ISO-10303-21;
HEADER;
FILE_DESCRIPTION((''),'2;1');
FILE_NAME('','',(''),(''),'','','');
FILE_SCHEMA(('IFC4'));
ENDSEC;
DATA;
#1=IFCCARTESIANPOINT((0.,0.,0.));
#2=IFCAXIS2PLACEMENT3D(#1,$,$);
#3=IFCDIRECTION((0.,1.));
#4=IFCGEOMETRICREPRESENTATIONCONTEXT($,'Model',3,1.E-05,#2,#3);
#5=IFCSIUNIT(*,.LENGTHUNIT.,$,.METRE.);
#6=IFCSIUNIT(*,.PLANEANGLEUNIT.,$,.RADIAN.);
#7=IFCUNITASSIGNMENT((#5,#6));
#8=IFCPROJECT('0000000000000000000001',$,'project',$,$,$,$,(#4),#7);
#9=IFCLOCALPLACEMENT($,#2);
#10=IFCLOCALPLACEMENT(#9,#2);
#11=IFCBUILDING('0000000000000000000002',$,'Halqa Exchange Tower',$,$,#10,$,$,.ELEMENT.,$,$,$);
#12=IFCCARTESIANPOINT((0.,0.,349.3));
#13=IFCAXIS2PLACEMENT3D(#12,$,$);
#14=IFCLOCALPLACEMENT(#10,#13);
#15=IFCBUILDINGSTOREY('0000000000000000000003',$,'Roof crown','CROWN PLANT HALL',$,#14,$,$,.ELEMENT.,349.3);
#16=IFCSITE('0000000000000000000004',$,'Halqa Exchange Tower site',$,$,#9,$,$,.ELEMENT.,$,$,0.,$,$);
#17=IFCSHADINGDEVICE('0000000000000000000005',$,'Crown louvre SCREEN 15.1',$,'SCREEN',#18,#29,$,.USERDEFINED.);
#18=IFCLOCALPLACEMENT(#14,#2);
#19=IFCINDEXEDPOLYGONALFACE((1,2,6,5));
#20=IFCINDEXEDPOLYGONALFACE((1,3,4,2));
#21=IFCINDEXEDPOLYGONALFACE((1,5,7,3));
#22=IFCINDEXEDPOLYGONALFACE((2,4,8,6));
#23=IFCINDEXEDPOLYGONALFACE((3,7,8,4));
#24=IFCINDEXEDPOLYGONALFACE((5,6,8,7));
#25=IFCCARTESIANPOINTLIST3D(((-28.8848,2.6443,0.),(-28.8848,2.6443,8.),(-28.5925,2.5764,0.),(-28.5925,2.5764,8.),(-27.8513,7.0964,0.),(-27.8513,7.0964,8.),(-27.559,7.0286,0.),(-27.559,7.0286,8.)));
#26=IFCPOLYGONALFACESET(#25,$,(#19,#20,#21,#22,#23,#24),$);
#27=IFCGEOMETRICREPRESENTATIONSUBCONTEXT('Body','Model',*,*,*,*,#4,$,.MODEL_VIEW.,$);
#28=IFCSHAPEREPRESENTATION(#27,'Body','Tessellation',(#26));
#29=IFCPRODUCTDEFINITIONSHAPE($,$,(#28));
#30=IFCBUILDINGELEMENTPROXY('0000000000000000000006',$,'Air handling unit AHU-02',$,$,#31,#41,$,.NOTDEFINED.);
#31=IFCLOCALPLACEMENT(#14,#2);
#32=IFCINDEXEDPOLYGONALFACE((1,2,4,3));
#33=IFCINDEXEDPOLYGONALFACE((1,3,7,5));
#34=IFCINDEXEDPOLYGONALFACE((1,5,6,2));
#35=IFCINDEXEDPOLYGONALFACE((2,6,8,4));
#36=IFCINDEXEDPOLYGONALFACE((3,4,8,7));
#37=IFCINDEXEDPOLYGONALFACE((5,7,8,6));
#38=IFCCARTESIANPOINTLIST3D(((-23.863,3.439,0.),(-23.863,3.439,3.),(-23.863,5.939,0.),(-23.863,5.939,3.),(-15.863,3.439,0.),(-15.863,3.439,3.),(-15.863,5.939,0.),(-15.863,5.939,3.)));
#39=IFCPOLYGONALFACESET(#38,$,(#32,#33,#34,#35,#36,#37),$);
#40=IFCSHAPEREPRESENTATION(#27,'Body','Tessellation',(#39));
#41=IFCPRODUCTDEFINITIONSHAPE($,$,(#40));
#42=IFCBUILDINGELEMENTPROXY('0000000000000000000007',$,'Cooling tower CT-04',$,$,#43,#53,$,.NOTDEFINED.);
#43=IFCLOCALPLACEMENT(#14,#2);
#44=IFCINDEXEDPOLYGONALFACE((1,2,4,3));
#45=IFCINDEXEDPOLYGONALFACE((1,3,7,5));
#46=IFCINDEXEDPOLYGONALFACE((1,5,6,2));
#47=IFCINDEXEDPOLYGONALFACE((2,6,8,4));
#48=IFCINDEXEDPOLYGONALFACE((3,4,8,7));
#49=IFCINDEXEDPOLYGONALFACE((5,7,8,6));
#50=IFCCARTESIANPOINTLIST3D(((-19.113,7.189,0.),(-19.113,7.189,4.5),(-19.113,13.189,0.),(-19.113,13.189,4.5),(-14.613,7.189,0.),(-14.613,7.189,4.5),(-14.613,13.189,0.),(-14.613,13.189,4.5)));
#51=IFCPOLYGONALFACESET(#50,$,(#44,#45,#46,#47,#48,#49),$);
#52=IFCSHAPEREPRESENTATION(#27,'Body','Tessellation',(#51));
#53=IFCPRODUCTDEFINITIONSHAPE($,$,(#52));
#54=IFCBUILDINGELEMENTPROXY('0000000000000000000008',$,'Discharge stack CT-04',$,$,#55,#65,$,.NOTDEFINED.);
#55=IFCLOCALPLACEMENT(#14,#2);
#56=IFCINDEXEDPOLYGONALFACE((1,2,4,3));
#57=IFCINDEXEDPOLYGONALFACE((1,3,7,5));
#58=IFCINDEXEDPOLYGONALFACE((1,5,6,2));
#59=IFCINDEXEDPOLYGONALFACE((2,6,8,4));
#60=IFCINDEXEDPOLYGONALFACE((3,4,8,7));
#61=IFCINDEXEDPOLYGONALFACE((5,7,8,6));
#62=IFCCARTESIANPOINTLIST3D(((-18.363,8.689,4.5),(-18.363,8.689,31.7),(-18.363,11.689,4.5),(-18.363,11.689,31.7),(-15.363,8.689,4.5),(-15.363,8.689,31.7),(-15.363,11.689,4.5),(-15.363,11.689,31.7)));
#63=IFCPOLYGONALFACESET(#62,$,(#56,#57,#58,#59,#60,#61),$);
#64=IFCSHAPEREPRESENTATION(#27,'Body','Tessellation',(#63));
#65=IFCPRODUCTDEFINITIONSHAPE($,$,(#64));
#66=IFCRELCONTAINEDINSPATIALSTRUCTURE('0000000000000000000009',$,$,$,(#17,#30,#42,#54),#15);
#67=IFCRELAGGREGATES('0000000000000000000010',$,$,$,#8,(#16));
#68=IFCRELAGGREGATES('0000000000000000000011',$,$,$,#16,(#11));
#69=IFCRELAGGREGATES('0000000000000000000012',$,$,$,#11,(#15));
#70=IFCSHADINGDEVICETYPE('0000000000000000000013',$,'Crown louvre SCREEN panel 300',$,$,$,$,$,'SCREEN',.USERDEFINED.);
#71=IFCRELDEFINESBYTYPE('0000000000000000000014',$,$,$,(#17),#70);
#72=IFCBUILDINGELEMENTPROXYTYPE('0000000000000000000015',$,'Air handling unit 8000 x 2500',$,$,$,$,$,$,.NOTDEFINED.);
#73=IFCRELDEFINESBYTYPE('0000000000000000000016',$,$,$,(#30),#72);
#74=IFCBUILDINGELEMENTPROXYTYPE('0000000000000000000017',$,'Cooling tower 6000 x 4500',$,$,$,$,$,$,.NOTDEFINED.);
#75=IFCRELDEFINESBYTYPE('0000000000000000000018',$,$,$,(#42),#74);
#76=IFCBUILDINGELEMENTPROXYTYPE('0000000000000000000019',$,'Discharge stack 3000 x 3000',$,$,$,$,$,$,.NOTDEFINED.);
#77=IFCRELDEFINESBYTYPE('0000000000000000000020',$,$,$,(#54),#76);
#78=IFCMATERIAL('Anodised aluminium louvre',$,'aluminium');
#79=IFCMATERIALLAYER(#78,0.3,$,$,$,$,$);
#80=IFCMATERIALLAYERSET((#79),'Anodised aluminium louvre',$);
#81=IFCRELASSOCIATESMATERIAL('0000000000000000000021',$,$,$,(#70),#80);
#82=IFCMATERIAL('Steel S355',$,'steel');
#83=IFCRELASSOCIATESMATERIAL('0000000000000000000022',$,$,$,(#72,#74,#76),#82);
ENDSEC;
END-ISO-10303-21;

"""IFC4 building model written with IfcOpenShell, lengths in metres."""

from ifc_helpers import new_model, si_unit, direction, frame, origin, origin_2d, place, context, subcontext, project, spatial, rectangle, extrude, material, layer, layer_set, type_object, element, save


model = new_model("IFC4")

# Units and contexts
model_context = context("Model", 3, precision=1e-05, world=origin(), true_north=direction((0.0, 1.0)))
body_context = subcontext(model_context, "Body", "Model", "MODEL_VIEW")
ifc_project = project(units=[si_unit("LENGTHUNIT", "METRE"), si_unit("PLANEANGLEUNIT", "RADIAN")], contexts=[model_context])

# Site, building, storey
site_placement = place(None, origin())
site = spatial("IfcSite", under=ifc_project, at=site_placement, Name="Halqa Exchange Tower site", CompositionType="ELEMENT", RefElevation=0.0)
building_placement = place(site_placement, origin())
building = spatial("IfcBuilding", under=site, at=building_placement, Name="Halqa Exchange Tower", CompositionType="ELEMENT")
storey_placement = place(building_placement, frame((0.0, 0.0, 349.3)))
storey = spatial("IfcBuildingStorey", under=building, at=storey_placement, Name="Roof crown", Description="CROWN PLANT HALL", CompositionType="ELEMENT", Elevation=349.3)

# Shared definitions
ifc_material_1 = material(Name="Steel S355", Category="steel")

# Shading device
ifc_material_2 = material(Name="Anodised aluminium louvre", Category="aluminium")
ifc_layer_1 = layer(ifc_material_2, 0.3)
ifc_layer_set_1 = layer_set([ifc_layer_1], Name="Anodised aluminium louvre")
shading_device_type = type_object("IfcShadingDeviceType", Name="Crown louvre SCREEN panel 300", ElementType="SCREEN", PredefinedType="USERDEFINED", material=ifc_layer_set_1)
shading_device_1_placement = place(storey_placement, frame((-28.2219, 4.8364, 0.0), z_axis=(0.0, 0.0, 1.0), x_axis=(-0.226121, -0.974099, 0.0)))
element("IfcShadingDevice", 1, at=shading_device_1_placement, inside=storey, type_object=shading_device_type, Name="Crown louvre SCREEN 15.1", ObjectType="SCREEN", PredefinedType="USERDEFINED", context=body_context, shape_type="SweptSolid", body=[
    extrude(rectangle(XDim=4.5706, YDim=0.3, at=origin_2d()), origin(), (0.0, 0.0, 1.0), 8.0),
])

# Building element proxies
building_element_proxy_type_1 = type_object("IfcBuildingElementProxyType", Name="Air handling unit 8000 x 2500", PredefinedType="NOTDEFINED", material=ifc_material_1)
proxy_1_placement = place(storey_placement, frame((-19.863, 4.689, 0.0), z_axis=(0.0, 0.0, 1.0), x_axis=(1.0, 0.0, 0.0)))
element("IfcBuildingElementProxy", 2, at=proxy_1_placement, inside=storey, type_object=building_element_proxy_type_1, Name="Air handling unit AHU-02", PredefinedType="NOTDEFINED", context=body_context, shape_type="SweptSolid", body=[
    extrude(rectangle(XDim=8.0, YDim=2.5, at=origin_2d()), origin(), (0.0, 0.0, 1.0), 3.0),
])
building_element_proxy_type_2 = type_object("IfcBuildingElementProxyType", Name="Cooling tower 6000 x 4500", PredefinedType="NOTDEFINED", material=ifc_material_1)
proxy_2_placement = place(storey_placement, frame((-16.863, 10.189, 0.0), z_axis=(0.0, 0.0, 1.0), x_axis=(0.0, 1.0, 0.0)))
element("IfcBuildingElementProxy", 3, at=proxy_2_placement, inside=storey, type_object=building_element_proxy_type_2, Name="Cooling tower CT-04", PredefinedType="NOTDEFINED", context=body_context, shape_type="SweptSolid", body=[
    extrude(rectangle(XDim=6.0, YDim=4.5, at=origin_2d()), origin(), (0.0, 0.0, 1.0), 4.5),
])
building_element_proxy_type_3 = type_object("IfcBuildingElementProxyType", Name="Discharge stack 3000 x 3000", PredefinedType="NOTDEFINED", material=ifc_material_1)
proxy_3_placement = place(storey_placement, frame((-16.863, 10.189, 4.5), z_axis=(0.0, 0.0, 1.0), x_axis=(1.0, 0.0, 0.0)))
element("IfcBuildingElementProxy", 4, at=proxy_3_placement, inside=storey, type_object=building_element_proxy_type_3, Name="Discharge stack CT-04", PredefinedType="NOTDEFINED", context=body_context, shape_type="SweptSolid", body=[
    extrude(rectangle(XDim=3.0, YDim=3.0, at=origin_2d()), origin(), (0.0, 0.0, 1.0), 27.2),
])

save(model, "model.ifc")
